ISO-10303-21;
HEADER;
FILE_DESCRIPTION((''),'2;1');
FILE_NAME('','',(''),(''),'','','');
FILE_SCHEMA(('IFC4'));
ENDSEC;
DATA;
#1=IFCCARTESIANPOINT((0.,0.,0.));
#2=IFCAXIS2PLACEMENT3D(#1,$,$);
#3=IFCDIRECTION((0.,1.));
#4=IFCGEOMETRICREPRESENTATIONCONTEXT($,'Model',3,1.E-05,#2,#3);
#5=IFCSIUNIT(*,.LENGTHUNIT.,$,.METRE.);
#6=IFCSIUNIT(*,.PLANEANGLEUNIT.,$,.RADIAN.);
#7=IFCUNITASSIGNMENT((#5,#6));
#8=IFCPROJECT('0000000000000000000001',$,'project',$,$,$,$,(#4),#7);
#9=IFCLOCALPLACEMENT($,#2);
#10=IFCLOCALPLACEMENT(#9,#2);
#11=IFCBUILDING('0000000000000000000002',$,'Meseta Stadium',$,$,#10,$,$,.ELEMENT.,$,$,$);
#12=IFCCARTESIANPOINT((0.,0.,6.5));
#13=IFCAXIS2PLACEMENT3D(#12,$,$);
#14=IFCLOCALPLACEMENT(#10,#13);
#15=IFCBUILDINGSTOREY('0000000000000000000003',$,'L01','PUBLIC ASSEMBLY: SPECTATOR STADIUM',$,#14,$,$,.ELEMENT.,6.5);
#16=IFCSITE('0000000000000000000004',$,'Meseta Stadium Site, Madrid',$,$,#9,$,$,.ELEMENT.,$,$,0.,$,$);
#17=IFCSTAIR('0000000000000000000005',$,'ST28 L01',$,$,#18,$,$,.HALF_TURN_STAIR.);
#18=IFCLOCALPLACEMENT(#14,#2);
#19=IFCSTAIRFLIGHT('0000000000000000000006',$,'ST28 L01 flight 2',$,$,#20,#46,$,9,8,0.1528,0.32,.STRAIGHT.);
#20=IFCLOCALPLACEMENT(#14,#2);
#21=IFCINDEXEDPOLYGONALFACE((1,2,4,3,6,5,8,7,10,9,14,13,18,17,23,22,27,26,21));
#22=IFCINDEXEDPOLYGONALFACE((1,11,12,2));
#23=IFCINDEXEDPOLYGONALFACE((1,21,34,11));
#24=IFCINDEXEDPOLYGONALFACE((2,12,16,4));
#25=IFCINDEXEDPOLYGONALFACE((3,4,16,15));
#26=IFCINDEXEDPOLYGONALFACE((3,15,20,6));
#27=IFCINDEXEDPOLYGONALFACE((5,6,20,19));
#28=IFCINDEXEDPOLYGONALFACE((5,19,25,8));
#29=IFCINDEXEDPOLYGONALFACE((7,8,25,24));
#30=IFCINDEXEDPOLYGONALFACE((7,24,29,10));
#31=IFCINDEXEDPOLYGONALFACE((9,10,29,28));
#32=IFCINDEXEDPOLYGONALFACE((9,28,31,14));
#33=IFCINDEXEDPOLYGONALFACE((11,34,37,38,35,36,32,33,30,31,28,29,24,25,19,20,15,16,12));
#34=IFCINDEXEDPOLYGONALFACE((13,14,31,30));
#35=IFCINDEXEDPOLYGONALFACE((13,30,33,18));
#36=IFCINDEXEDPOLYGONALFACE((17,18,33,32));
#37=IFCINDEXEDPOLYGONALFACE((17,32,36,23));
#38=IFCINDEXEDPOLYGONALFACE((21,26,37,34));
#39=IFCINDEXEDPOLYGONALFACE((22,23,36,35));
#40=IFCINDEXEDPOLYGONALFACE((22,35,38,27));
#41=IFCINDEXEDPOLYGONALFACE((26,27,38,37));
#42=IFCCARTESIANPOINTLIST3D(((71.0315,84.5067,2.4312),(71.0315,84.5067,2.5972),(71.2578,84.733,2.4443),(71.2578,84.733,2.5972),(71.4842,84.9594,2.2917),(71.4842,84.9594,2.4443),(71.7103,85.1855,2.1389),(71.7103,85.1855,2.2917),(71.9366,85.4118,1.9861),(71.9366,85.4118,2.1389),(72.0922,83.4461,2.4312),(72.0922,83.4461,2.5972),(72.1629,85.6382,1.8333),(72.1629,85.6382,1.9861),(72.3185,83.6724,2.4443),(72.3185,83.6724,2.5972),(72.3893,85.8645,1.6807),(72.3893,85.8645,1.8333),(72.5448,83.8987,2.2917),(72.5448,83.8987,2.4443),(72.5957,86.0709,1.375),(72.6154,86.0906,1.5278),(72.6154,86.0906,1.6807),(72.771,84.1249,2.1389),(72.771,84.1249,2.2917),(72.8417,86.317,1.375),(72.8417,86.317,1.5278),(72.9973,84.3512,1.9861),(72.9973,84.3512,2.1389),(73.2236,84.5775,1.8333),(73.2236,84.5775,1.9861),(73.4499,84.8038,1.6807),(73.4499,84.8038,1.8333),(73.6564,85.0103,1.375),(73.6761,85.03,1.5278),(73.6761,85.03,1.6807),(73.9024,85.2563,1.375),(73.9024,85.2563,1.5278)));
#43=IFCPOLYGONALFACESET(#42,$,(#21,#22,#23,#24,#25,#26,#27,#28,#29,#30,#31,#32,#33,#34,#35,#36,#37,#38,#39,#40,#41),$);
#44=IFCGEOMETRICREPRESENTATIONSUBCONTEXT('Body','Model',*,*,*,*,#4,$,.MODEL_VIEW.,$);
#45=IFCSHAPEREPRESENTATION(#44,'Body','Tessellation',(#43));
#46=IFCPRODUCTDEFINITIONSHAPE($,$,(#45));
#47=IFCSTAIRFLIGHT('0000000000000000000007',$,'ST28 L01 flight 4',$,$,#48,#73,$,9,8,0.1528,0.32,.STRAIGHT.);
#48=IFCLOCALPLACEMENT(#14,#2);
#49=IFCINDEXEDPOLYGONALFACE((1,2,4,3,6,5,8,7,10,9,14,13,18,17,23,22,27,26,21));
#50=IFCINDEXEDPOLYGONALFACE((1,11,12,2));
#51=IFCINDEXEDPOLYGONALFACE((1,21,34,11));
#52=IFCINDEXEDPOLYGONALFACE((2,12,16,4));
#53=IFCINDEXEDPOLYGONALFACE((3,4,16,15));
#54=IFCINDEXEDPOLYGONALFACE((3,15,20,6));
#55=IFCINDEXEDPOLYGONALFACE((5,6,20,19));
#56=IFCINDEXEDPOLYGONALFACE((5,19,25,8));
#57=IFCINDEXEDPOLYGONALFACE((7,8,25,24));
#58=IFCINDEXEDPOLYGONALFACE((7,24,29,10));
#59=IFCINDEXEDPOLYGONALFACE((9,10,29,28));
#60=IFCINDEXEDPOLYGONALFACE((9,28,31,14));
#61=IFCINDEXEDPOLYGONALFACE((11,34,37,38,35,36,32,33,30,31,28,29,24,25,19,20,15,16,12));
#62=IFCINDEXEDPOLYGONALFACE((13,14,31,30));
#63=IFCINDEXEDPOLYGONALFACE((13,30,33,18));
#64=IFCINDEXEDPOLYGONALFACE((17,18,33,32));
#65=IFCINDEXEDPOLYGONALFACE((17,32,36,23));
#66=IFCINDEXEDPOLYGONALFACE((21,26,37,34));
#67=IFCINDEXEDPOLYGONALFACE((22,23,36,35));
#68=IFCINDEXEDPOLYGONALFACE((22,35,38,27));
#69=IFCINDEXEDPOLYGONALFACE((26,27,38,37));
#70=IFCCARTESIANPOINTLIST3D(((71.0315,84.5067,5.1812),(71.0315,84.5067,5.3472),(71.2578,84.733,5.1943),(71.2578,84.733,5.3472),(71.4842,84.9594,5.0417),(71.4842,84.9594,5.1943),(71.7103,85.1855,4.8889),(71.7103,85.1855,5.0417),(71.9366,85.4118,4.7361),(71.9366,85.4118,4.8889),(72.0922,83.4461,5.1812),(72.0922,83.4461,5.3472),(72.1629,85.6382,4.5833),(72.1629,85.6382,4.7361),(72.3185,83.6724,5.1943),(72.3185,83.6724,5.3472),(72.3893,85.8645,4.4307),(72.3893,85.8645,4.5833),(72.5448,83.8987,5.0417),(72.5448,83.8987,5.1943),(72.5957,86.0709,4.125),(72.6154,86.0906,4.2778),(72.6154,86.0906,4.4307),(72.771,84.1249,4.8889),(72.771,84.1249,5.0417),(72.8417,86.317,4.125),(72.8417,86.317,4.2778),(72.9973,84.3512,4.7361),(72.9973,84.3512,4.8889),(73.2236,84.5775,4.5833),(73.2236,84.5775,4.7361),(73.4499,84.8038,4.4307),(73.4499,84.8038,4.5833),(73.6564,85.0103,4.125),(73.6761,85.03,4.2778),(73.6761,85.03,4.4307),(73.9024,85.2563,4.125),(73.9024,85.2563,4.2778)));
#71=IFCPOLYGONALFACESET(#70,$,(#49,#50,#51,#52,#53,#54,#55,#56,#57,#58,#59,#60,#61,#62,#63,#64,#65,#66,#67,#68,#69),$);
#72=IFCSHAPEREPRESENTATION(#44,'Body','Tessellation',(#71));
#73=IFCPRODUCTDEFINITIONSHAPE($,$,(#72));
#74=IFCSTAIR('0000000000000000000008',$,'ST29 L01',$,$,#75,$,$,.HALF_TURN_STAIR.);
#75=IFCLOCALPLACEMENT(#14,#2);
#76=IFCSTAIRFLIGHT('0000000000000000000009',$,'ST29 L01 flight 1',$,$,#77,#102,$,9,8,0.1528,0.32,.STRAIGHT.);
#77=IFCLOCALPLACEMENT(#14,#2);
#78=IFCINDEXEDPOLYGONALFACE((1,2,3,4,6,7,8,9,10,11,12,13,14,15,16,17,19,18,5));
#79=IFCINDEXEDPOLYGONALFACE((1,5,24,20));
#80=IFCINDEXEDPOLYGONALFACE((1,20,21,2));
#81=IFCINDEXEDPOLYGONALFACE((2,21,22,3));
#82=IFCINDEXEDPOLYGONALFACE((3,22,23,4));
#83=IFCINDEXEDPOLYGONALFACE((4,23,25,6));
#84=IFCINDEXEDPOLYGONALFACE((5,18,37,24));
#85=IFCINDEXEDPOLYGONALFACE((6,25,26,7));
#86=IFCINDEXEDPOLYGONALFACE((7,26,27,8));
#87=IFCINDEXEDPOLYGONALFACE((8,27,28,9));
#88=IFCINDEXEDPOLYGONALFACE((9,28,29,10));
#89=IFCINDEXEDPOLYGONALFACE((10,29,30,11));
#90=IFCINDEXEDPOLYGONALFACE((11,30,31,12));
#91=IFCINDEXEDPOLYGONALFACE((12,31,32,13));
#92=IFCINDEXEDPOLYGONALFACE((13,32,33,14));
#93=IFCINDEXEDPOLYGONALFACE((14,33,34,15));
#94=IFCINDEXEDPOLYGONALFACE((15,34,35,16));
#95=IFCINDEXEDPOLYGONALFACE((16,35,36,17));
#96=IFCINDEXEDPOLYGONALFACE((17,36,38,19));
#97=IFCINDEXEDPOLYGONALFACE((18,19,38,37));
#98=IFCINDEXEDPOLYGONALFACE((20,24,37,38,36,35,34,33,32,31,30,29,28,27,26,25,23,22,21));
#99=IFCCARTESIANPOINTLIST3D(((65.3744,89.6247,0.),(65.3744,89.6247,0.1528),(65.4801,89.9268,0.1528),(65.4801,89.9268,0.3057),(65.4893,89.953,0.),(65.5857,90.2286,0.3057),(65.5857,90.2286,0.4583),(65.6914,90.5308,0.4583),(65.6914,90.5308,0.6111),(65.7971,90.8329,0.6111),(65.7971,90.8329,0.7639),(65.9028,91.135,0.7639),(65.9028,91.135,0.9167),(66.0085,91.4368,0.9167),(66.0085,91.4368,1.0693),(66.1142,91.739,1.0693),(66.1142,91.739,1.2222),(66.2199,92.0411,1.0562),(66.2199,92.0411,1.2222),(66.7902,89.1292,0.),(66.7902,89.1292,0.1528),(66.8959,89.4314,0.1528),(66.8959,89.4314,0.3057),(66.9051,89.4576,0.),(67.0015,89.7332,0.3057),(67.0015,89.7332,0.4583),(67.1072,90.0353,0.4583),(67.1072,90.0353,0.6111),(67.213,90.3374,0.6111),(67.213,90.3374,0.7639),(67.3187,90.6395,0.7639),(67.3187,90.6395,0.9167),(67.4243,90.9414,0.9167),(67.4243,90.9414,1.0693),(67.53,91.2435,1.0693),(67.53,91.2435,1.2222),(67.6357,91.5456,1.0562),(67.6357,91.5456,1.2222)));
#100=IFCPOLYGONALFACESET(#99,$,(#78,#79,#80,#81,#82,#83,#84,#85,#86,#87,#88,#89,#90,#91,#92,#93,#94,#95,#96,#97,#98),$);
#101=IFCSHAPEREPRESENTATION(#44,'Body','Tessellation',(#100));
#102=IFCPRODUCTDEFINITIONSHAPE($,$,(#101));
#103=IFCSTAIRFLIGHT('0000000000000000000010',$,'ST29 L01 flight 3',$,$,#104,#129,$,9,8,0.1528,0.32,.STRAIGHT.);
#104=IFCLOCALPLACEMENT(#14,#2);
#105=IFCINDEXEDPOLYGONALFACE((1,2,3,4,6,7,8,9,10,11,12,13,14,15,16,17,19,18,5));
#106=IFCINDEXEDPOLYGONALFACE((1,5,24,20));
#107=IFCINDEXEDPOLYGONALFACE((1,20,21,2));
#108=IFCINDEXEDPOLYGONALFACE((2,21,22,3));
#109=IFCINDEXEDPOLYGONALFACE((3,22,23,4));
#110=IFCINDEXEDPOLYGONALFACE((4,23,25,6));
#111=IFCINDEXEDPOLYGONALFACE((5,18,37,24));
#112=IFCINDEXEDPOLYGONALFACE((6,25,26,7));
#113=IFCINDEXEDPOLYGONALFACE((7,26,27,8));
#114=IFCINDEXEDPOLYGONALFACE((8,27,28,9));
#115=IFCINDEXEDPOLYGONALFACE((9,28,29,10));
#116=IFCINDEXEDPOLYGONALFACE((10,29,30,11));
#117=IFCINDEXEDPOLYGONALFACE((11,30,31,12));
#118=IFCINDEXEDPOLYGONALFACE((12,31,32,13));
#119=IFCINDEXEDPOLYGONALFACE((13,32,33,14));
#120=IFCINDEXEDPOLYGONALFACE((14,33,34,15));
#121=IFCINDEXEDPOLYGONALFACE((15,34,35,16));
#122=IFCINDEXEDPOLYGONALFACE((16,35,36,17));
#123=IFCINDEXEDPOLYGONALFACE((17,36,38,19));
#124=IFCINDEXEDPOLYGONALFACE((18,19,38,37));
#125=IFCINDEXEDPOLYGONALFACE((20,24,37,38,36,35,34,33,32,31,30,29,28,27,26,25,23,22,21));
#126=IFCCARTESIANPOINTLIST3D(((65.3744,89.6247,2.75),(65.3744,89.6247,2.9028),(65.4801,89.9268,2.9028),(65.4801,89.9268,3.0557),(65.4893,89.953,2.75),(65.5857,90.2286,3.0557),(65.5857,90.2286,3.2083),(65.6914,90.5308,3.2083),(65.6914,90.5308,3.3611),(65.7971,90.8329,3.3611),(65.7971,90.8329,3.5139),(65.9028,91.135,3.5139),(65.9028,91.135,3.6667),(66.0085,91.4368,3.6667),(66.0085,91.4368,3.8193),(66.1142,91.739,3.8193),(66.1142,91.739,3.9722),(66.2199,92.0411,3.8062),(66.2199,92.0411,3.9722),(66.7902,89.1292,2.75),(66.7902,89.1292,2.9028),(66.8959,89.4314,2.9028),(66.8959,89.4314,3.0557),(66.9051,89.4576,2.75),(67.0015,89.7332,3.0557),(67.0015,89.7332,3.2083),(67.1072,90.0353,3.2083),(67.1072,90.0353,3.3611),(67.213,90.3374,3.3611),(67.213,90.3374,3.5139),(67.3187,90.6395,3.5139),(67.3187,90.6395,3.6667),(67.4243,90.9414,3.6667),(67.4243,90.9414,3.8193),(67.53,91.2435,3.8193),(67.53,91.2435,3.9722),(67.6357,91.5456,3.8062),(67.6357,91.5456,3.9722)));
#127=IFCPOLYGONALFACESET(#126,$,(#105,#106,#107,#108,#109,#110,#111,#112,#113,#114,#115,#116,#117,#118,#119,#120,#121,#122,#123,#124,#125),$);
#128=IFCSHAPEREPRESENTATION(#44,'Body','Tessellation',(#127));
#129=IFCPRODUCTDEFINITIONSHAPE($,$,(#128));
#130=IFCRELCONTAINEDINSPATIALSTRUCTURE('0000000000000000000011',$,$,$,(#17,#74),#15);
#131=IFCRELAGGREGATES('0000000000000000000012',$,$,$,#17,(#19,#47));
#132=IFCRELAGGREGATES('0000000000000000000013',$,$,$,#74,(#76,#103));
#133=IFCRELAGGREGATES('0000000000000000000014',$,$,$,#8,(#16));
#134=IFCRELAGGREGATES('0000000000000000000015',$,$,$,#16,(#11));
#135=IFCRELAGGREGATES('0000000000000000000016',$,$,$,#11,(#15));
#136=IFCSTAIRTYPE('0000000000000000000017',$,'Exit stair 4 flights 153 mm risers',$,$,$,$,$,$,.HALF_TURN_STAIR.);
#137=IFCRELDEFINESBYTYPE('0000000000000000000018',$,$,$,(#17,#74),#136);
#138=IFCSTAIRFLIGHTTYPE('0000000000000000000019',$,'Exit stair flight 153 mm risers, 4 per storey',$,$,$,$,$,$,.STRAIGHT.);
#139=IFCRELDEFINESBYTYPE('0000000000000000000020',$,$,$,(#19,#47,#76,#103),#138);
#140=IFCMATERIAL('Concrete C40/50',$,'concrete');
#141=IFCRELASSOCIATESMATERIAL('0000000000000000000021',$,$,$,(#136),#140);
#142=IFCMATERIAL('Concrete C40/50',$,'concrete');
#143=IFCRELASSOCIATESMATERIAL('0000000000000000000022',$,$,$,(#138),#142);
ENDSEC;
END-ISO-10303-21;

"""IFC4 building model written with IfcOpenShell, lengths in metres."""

from ifc_helpers import new_model, si_unit, direction, frame, origin, place, context, subcontext, project, spatial, polyline, outline, extrude, material, type_object, element, aggregate, save


model = new_model("IFC4")

# Units and contexts
model_context = context("Model", 3, precision=1e-05, world=origin(), true_north=direction((0.0, 1.0)))
body_context = subcontext(model_context, "Body", "Model", "MODEL_VIEW")
ifc_project = project(units=[si_unit("LENGTHUNIT", "METRE"), si_unit("PLANEANGLEUNIT", "RADIAN")], contexts=[model_context])

# Site, building, storey
site_placement = place(None, origin())
site = spatial("IfcSite", under=ifc_project, at=site_placement, Name="Meseta Stadium Site, Madrid", CompositionType="ELEMENT", RefElevation=0.0)
building_placement = place(site_placement, origin())
building = spatial("IfcBuilding", under=site, at=building_placement, Name="Meseta Stadium", CompositionType="ELEMENT")
storey_placement = place(building_placement, frame((0.0, 0.0, 6.5)))
storey = spatial("IfcBuildingStorey", under=building, at=storey_placement, Name="L01", Description="PUBLIC ASSEMBLY: SPECTATOR STADIUM", CompositionType="ELEMENT", Elevation=6.5)

# Stairs, stair flights
ifc_material_1 = material(Name="Concrete C40/50", Category="concrete")
stair_type = type_object("IfcStairType", Name="Exit stair 4 flights 153 mm risers", PredefinedType="HALF_TURN_STAIR", material=ifc_material_1)
stair_1_placement = place(storey_placement, origin())
stair_1 = element("IfcStair", 1, at=stair_1_placement, inside=storey, type_object=stair_type, Name="ST28 L01", PredefinedType="HALF_TURN_STAIR")
ifc_material_2 = material(Name="Concrete C40/50", Category="concrete")
stair_flight_type = type_object("IfcStairFlightType", Name="Exit stair flight 153 mm risers, 4 per storey", PredefinedType="STRAIGHT", material=ifc_material_2)
stair_flight_1_placement = place(storey_placement, frame((73.3721, 85.7866, 1.375), z_axis=(0.0, 0.0, 1.0), x_axis=(-0.707107, -0.707107, 0.0)))
stair_flight_1 = element("IfcStairFlight", 2, at=stair_flight_1_placement, type_object=stair_flight_type, Name="ST28 L01 flight 2", NumberOfRisers=9, NumberOfTreads=8, PredefinedType="STRAIGHT", RiserHeight=0.1528, TreadLength=0.32, context=body_context, shape_type="SweptSolid", body=[
    extrude(outline(polyline([(0.0, 0.0), (0.0, 0.1528), (0.3201, 0.1528), (0.3201, 0.3057), (0.6399, 0.3057), (0.6399, 0.4583), (0.96, 0.4583), (0.96, 0.6111), (1.28, 0.6111), (1.28, 0.7639), (1.6001, 0.7639), (1.6001, 0.9167), (1.9199, 0.9167), (1.9199, 1.0693), (2.24, 1.0693), (2.24, 1.2222), (2.5601, 1.2222), (2.5601, 1.0562), (0.3479, 0.0), (0.0, 0.0)])), frame((0.0, 0.75, 0.0), z_axis=(0.0, -1.0, 0.0), x_axis=(1.0, 0.0, 0.0)), (0.0, 0.0, 1.0), 1.5),
])
stair_flight_2_placement = place(storey_placement, frame((73.3721, 85.7866, 4.125), z_axis=(0.0, 0.0, 1.0), x_axis=(-0.707107, -0.707107, 0.0)))
stair_flight_2 = element("IfcStairFlight", 3, at=stair_flight_2_placement, type_object=stair_flight_type, Name="ST28 L01 flight 4", NumberOfRisers=9, NumberOfTreads=8, PredefinedType="STRAIGHT", RiserHeight=0.1528, TreadLength=0.32, context=body_context, shape_type="SweptSolid", body=[
    extrude(outline(polyline([(0.0, 0.0), (0.0, 0.1528), (0.3201, 0.1528), (0.3201, 0.3057), (0.6399, 0.3057), (0.6399, 0.4583), (0.96, 0.4583), (0.96, 0.6111), (1.28, 0.6111), (1.28, 0.7639), (1.6001, 0.7639), (1.6001, 0.9167), (1.9199, 0.9167), (1.9199, 1.0693), (2.24, 1.0693), (2.24, 1.2222), (2.5601, 1.2222), (2.5601, 1.0562), (0.3479, 0.0), (0.0, 0.0)])), frame((0.0, 0.75, 0.0), z_axis=(0.0, -1.0, 0.0), x_axis=(1.0, 0.0, 0.0)), (0.0, 0.0, 1.0), 1.5),
])
aggregate(stair_1, [stair_flight_1, stair_flight_2])
stair_2_placement = place(storey_placement, origin())
stair_2 = element("IfcStair", 4, at=stair_2_placement, inside=storey, type_object=stair_type, Name="ST29 L01", PredefinedType="HALF_TURN_STAIR")
stair_flight_3_placement = place(storey_placement, frame((66.0823, 89.377, 0.0), z_axis=(0.0, 0.0, 1.0), x_axis=(0.330279, 0.943883, 0.0)))
stair_flight_3 = element("IfcStairFlight", 5, at=stair_flight_3_placement, type_object=stair_flight_type, Name="ST29 L01 flight 1", NumberOfRisers=9, NumberOfTreads=8, PredefinedType="STRAIGHT", RiserHeight=0.1528, TreadLength=0.32, context=body_context, shape_type="SweptSolid", body=[
    extrude(outline(polyline([(0.0, 0.0), (0.0, 0.1528), (0.3201, 0.1528), (0.3201, 0.3057), (0.6399, 0.3057), (0.6399, 0.4583), (0.96, 0.4583), (0.96, 0.6111), (1.28, 0.6111), (1.28, 0.7639), (1.6001, 0.7639), (1.6001, 0.9167), (1.9199, 0.9167), (1.9199, 1.0693), (2.24, 1.0693), (2.24, 1.2222), (2.5601, 1.2222), (2.5601, 1.0562), (0.3479, 0.0), (0.0, 0.0)])), frame((0.0, 0.75, 0.0), z_axis=(0.0, -1.0, 0.0), x_axis=(1.0, 0.0, 0.0)), (0.0, 0.0, 1.0), 1.5),
])
stair_flight_4_placement = place(storey_placement, frame((66.0823, 89.377, 2.75), z_axis=(0.0, 0.0, 1.0), x_axis=(0.330279, 0.943883, 0.0)))
stair_flight_4 = element("IfcStairFlight", 6, at=stair_flight_4_placement, type_object=stair_flight_type, Name="ST29 L01 flight 3", NumberOfRisers=9, NumberOfTreads=8, PredefinedType="STRAIGHT", RiserHeight=0.1528, TreadLength=0.32, context=body_context, shape_type="SweptSolid", body=[
    extrude(outline(polyline([(0.0, 0.0), (0.0, 0.1528), (0.3201, 0.1528), (0.3201, 0.3057), (0.6399, 0.3057), (0.6399, 0.4583), (0.96, 0.4583), (0.96, 0.6111), (1.28, 0.6111), (1.28, 0.7639), (1.6001, 0.7639), (1.6001, 0.9167), (1.9199, 0.9167), (1.9199, 1.0693), (2.24, 1.0693), (2.24, 1.2222), (2.5601, 1.2222), (2.5601, 1.0562), (0.3479, 0.0), (0.0, 0.0)])), frame((0.0, 0.75, 0.0), z_axis=(0.0, -1.0, 0.0), x_axis=(1.0, 0.0, 0.0)), (0.0, 0.0, 1.0), 1.5),
])
aggregate(stair_2, [stair_flight_3, stair_flight_4])

save(model, "model.ifc")
